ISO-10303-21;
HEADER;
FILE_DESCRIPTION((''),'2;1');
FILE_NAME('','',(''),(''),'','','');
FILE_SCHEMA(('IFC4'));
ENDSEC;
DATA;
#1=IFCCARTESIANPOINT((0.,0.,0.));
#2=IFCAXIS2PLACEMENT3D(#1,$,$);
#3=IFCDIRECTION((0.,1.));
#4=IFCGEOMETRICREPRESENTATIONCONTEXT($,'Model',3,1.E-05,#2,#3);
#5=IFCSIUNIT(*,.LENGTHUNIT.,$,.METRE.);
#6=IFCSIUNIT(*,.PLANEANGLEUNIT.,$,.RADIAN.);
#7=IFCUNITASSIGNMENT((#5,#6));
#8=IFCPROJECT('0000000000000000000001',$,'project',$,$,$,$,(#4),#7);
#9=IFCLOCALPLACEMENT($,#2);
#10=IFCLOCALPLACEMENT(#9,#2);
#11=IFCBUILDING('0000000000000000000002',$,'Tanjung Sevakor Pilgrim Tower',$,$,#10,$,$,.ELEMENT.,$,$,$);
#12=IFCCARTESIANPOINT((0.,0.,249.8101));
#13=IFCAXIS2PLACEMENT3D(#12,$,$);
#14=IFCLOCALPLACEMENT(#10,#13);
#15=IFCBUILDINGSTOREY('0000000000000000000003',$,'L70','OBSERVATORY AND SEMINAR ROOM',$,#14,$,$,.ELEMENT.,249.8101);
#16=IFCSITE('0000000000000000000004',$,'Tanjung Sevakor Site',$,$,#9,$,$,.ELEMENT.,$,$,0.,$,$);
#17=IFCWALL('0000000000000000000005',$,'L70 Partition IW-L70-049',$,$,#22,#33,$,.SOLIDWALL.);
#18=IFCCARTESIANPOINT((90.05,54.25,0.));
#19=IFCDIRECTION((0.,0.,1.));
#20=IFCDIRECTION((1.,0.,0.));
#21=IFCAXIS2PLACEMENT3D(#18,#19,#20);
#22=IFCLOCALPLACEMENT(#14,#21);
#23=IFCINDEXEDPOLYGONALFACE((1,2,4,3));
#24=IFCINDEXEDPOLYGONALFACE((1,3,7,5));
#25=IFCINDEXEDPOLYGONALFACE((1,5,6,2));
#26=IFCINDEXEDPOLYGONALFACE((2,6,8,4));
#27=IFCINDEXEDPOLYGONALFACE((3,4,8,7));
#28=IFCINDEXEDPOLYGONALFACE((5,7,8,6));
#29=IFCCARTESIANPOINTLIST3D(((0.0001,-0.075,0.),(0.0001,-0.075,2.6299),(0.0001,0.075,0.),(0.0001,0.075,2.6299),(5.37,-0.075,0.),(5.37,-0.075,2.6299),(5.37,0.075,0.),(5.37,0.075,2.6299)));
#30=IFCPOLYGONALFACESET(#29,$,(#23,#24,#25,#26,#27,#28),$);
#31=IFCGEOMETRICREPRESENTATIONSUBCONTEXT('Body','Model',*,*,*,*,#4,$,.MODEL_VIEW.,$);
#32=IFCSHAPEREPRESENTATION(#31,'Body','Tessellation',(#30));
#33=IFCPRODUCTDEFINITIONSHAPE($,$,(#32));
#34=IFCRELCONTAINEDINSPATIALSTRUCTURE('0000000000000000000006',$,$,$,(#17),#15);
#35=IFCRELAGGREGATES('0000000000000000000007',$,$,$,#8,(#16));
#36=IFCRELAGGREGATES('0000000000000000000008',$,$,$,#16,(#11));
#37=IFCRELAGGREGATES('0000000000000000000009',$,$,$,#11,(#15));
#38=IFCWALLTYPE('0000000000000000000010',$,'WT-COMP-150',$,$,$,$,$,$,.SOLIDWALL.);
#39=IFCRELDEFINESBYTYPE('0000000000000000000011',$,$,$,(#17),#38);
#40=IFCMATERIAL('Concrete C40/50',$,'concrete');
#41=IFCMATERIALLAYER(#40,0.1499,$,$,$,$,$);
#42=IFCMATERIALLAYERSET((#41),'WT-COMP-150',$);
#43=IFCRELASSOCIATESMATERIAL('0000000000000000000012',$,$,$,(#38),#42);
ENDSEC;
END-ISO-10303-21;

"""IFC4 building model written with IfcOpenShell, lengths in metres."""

from ifc_helpers import new_model, si_unit, direction, frame, frame_2d, origin, place, context, subcontext, project, spatial, rectangle, extrude, material, layer, layer_set, type_object, element, save


model = new_model("IFC4")

# Units and contexts
model_context = context("Model", 3, precision=1e-05, world=origin(), true_north=direction((0.0, 1.0)))
body_context = subcontext(model_context, "Body", "Model", "MODEL_VIEW")
ifc_project = project(units=[si_unit("LENGTHUNIT", "METRE"), si_unit("PLANEANGLEUNIT", "RADIAN")], contexts=[model_context])

# Site, building, storey
site_placement = place(None, origin())
site = spatial("IfcSite", under=ifc_project, at=site_placement, Name="Tanjung Sevakor Site", CompositionType="ELEMENT", RefElevation=0.0)
building_placement = place(site_placement, origin())
building = spatial("IfcBuilding", under=site, at=building_placement, Name="Tanjung Sevakor Pilgrim Tower", CompositionType="ELEMENT")
storey_placement = place(building_placement, frame((0.0, 0.0, 249.8101)))
storey = spatial("IfcBuildingStorey", under=building, at=storey_placement, Name="L70", Description="OBSERVATORY AND SEMINAR ROOM", CompositionType="ELEMENT", Elevation=249.8101)

# Shared definitions
ifc_material_1 = material(Name="Concrete C40/50", Category="concrete")
ifc_layer_1 = layer(ifc_material_1, 0.1499)
ifc_layer_set_1 = layer_set([ifc_layer_1], Name="WT-COMP-150")
wall_type_1 = type_object("IfcWallType", Name="WT-COMP-150", PredefinedType="SOLIDWALL", material=ifc_layer_set_1)

# Wall
wall_1_placement = place(storey_placement, frame((90.05, 54.25, 0.0), z_axis=(0.0, 0.0, 1.0), x_axis=(1.0, 0.0, 0.0)))
element("IfcWall", 1, at=wall_1_placement, inside=storey, type_object=wall_type_1, Name="L70 Partition IW-L70-049", PredefinedType="SOLIDWALL", context=body_context, shape_type="SweptSolid", body=[
    extrude(rectangle(XDim=5.3699, YDim=0.1499, at=frame_2d((2.6851, 0.0))), origin(), (0.0, 0.0, 1.0), 2.6299),
])

save(model, "model.ifc")
